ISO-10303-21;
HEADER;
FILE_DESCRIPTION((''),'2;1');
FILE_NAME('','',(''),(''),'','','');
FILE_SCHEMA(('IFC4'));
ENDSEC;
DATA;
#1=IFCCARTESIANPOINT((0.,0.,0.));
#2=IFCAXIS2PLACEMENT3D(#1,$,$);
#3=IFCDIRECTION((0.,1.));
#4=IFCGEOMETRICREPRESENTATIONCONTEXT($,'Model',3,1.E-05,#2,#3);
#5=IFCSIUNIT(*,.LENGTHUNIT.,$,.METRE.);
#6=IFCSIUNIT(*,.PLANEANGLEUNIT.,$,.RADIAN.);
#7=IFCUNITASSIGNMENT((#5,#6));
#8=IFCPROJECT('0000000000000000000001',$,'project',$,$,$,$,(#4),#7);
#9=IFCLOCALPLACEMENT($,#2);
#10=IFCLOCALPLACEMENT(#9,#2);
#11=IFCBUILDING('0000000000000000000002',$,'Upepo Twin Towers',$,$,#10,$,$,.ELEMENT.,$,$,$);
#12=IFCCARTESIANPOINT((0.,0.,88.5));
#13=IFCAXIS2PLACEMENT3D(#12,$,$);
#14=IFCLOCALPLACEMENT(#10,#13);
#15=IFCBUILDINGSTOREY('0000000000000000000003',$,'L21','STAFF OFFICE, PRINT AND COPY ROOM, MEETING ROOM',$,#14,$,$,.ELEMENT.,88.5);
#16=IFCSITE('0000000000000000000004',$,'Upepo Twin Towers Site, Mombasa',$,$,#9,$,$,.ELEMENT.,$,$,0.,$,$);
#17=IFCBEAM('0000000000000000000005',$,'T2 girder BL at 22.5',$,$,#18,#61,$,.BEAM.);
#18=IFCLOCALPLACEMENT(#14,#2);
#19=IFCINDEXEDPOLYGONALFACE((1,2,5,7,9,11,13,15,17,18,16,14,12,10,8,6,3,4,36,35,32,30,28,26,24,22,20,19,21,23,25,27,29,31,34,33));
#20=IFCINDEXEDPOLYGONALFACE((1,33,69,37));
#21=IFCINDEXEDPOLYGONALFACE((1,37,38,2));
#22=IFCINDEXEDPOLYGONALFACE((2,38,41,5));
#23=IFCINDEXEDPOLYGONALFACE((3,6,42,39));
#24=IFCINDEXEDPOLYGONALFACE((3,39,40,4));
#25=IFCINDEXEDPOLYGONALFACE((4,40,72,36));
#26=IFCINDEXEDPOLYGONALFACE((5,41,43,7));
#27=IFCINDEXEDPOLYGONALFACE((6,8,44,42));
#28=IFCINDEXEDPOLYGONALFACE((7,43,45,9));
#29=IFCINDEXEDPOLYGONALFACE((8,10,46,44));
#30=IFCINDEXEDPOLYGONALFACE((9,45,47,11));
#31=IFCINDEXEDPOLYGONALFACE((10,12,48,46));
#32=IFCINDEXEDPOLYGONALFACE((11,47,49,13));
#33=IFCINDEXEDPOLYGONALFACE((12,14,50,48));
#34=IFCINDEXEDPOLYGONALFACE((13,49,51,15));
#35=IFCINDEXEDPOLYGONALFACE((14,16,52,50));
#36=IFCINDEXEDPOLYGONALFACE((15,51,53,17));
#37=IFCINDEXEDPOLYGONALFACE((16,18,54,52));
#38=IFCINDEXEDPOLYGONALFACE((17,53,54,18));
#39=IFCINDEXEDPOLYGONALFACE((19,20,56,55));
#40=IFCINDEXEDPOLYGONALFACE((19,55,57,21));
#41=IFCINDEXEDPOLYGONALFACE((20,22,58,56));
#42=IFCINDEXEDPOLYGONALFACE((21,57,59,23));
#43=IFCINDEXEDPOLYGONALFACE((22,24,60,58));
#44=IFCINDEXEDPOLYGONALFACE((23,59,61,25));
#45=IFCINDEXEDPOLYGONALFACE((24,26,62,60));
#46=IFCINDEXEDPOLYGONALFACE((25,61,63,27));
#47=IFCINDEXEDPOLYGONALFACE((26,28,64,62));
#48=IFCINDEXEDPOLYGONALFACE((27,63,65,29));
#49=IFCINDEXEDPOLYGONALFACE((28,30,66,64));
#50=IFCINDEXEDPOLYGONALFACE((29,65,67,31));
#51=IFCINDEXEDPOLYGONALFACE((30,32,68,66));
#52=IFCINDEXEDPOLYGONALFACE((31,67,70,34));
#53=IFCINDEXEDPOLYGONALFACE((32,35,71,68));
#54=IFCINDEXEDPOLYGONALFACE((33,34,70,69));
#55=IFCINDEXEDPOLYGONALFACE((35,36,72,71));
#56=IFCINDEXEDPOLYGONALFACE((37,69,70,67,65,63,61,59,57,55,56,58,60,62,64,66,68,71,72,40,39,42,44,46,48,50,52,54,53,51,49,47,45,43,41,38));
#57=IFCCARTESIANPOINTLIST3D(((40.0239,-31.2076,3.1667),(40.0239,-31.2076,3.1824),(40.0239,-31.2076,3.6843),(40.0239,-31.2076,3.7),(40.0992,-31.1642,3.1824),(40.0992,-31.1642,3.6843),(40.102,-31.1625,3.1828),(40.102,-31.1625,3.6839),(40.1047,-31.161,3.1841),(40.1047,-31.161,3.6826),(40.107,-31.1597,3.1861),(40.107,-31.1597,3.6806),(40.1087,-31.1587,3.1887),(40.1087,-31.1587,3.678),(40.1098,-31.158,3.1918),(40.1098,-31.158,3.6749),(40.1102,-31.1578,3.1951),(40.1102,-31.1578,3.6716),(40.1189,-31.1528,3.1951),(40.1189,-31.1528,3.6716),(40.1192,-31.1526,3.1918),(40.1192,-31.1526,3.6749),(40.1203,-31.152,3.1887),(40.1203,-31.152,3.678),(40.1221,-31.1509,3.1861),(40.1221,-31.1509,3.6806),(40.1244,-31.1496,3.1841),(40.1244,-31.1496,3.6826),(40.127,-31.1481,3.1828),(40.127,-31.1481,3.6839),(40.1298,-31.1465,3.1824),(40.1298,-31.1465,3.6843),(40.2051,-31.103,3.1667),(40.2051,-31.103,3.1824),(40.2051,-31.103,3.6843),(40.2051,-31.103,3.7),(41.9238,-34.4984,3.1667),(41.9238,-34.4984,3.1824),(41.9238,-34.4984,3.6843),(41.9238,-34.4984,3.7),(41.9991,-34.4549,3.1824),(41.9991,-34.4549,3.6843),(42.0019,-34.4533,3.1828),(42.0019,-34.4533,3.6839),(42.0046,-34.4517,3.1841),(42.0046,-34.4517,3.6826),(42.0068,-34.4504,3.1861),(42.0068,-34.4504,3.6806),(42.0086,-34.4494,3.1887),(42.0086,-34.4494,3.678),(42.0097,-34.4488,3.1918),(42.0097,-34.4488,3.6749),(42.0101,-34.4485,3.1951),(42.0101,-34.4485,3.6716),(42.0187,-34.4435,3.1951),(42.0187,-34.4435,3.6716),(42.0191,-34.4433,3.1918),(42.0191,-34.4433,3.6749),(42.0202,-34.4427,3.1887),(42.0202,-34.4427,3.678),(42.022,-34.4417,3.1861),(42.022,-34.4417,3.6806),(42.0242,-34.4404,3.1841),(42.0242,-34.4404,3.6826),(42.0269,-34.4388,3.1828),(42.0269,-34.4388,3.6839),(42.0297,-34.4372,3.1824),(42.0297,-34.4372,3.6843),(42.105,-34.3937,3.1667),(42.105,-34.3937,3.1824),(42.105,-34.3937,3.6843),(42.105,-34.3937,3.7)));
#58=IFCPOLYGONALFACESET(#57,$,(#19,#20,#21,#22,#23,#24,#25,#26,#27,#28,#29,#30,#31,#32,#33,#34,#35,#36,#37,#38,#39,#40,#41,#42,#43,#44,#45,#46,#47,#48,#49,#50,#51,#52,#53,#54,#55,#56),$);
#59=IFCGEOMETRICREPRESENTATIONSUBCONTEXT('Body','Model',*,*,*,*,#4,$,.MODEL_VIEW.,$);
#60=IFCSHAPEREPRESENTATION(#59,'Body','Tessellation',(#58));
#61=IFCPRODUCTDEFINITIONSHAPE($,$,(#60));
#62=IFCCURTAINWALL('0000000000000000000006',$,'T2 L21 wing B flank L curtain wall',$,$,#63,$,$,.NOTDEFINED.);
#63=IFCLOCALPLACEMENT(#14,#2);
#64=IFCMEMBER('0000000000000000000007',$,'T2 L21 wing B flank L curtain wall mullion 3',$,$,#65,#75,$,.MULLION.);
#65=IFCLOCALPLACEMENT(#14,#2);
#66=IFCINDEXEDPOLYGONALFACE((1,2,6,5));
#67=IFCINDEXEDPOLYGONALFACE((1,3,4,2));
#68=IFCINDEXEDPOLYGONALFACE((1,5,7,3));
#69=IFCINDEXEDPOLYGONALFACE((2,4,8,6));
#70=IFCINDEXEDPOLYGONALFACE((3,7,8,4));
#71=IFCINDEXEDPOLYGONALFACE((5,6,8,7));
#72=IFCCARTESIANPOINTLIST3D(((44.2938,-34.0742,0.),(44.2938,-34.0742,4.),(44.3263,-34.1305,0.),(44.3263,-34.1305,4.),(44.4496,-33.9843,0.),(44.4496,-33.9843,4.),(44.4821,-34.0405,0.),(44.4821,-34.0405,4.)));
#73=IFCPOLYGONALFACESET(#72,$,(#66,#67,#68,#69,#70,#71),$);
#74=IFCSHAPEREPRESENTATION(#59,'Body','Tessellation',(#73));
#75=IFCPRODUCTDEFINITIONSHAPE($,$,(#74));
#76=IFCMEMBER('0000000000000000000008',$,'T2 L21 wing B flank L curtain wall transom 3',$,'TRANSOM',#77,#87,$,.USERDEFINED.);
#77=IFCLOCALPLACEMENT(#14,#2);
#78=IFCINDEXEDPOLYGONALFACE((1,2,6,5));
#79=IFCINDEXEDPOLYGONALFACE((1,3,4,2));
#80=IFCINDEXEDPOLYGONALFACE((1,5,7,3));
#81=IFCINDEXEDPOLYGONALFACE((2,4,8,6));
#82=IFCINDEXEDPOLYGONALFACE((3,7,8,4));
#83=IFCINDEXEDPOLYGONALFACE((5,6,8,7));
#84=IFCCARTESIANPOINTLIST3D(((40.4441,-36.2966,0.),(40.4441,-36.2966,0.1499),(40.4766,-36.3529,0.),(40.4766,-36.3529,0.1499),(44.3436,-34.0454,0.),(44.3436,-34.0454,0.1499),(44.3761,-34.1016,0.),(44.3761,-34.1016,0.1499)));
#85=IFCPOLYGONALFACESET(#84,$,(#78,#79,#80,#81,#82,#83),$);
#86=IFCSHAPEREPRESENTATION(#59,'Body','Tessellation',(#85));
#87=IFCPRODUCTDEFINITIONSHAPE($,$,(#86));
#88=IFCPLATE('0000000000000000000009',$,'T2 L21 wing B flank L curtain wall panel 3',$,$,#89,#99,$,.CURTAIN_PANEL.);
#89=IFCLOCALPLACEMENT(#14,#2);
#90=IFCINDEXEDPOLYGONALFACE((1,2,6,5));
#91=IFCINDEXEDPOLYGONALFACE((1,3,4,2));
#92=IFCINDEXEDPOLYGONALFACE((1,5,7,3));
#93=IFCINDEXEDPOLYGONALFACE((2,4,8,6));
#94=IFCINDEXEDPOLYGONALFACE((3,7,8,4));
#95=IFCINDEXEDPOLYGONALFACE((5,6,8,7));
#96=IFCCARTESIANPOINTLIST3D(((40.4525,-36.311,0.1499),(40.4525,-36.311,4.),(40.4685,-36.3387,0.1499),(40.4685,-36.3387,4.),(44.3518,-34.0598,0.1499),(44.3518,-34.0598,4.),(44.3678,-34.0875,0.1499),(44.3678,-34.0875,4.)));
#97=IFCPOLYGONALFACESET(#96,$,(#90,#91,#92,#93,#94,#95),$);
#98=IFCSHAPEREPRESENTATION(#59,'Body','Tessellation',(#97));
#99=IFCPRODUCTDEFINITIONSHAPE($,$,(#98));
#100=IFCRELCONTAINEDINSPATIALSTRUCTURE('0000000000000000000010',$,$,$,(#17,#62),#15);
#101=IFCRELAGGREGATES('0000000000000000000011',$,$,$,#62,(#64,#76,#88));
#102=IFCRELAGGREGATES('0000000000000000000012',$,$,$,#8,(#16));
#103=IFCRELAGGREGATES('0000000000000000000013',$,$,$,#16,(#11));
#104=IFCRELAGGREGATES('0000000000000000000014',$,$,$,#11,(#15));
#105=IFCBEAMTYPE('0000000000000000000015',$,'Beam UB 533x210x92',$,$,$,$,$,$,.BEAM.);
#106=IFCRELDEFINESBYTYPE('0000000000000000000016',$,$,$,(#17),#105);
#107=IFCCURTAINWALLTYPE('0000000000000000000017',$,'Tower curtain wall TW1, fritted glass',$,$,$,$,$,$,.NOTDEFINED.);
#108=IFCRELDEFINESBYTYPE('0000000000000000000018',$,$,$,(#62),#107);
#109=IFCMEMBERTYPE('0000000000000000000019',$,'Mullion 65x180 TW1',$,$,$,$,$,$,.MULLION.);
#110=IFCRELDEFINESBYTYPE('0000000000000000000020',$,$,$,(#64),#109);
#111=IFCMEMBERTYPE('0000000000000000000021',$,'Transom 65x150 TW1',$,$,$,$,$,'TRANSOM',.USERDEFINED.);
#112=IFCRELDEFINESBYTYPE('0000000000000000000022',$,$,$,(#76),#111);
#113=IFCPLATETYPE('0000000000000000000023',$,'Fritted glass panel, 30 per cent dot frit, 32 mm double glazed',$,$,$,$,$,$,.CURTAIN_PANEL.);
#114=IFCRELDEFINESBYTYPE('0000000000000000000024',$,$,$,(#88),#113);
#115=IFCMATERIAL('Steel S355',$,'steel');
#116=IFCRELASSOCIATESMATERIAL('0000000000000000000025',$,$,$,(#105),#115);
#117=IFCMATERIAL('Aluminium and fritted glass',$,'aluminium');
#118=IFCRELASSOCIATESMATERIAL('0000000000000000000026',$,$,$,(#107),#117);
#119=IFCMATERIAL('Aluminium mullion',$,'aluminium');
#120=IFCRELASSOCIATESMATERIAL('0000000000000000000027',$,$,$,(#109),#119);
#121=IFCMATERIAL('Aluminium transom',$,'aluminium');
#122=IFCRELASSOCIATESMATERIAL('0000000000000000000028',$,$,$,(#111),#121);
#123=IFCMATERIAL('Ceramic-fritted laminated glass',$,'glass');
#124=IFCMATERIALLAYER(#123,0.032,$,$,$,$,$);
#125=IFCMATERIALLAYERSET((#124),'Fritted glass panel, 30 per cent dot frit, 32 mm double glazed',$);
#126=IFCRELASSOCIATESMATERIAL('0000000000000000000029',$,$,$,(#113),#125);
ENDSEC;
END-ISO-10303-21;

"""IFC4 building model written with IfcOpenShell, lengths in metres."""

from ifc_helpers import new_model, si_unit, direction, frame, origin, origin_2d, place, context, subcontext, project, spatial, rectangle, i_section, extrude, material, layer, layer_set, material_profile, profile_set, type_object, element, aggregate, save


model = new_model("IFC4")

# Units and contexts
model_context = context("Model", 3, precision=1e-05, world=origin(), true_north=direction((0.0, 1.0)))
body_context = subcontext(model_context, "Body", "Model", "MODEL_VIEW")
ifc_project = project(units=[si_unit("LENGTHUNIT", "METRE"), si_unit("PLANEANGLEUNIT", "RADIAN")], contexts=[model_context])

# Site, building, storey
site_placement = place(None, origin())
site = spatial("IfcSite", under=ifc_project, at=site_placement, Name="Upepo Twin Towers Site, Mombasa", CompositionType="ELEMENT", RefElevation=0.0)
building_placement = place(site_placement, origin())
building = spatial("IfcBuilding", under=site, at=building_placement, Name="Upepo Twin Towers", CompositionType="ELEMENT")
storey_placement = place(building_placement, frame((0.0, 0.0, 88.5)))
storey = spatial("IfcBuildingStorey", under=building, at=storey_placement, Name="L21", Description="STAFF OFFICE, PRINT AND COPY ROOM, MEETING ROOM", CompositionType="ELEMENT", Elevation=88.5)

# Beam
ifc_material_1 = material(Name="Steel S355", Category="steel")
ifc_material_profile_1 = material_profile(ifc_material_1, i_section(OverallWidth=0.2092, OverallDepth=0.5332, WebThickness=0.01, FlangeThickness=0.0156, FilletRadius=0.0127, at=origin_2d()), Name="UB 533x210x92")
ifc_profile_set_1 = profile_set([ifc_material_profile_1], Name="Steel S355")
beam_type_1 = type_object("IfcBeamType", Name="Beam UB 533x210x92", PredefinedType="BEAM", material=ifc_profile_set_1)
beam_1_placement = place(storey_placement, frame((42.0144, -34.446, 3.4333), z_axis=(-0.499995, 0.866028, 0.0), x_axis=(-0.866028, -0.499995, 0.0)))
element("IfcBeam", 1, at=beam_1_placement, inside=storey, type_object=beam_type_1, Name="T2 girder BL at 22.5", PredefinedType="BEAM", context=body_context, shape_type="SweptSolid", body=[
    extrude(i_section(OverallWidth=0.2092, OverallDepth=0.5332, WebThickness=0.01, FlangeThickness=0.0156, FilletRadius=0.0127, at=origin_2d()), origin(), (0.0, 0.0, 1.0), 3.7998),
])

# Curtain wall, members, plate
ifc_material_2 = material(Name="Aluminium and fritted glass", Category="aluminium")
curtain_wall_type = type_object("IfcCurtainWallType", Name="Tower curtain wall TW1, fritted glass", PredefinedType="NOTDEFINED", material=ifc_material_2)
curtain_wall_placement = place(storey_placement, origin())
curtain_wall = element("IfcCurtainWall", 2, at=curtain_wall_placement, inside=storey, type_object=curtain_wall_type, Name="T2 L21 wing B flank L curtain wall", PredefinedType="NOTDEFINED")
ifc_material_3 = material(Name="Aluminium mullion", Category="aluminium")
ifc_material_profile_2 = material_profile(ifc_material_3, rectangle(XDim=0.0649, YDim=0.1799, at=origin_2d()), Name="MULLION 65x180")
ifc_profile_set_2 = profile_set([ifc_material_profile_2], Name="Aluminium mullion")
member_type_1 = type_object("IfcMemberType", Name="Mullion 65x180 TW1", PredefinedType="MULLION", material=ifc_profile_set_2)
member_1_placement = place(storey_placement, frame((44.3879, -34.0574, 0.0), z_axis=(0.0, 0.0, 1.0), x_axis=(0.5, -0.866025, 0.0)))
member_1 = element("IfcMember", 3, at=member_1_placement, type_object=member_type_1, Name="T2 L21 wing B flank L curtain wall mullion 3", PredefinedType="MULLION", context=body_context, shape_type="SweptSolid", body=[
    extrude(rectangle(XDim=0.0649, YDim=0.1799, at=origin_2d()), origin(), (0.0, 0.0, 1.0), 4.0),
])
ifc_material_4 = material(Name="Aluminium transom", Category="aluminium")
ifc_material_profile_3 = material_profile(ifc_material_4, rectangle(XDim=0.0649, YDim=0.1499, at=origin_2d()), Name="TRANSOM 65x150")
ifc_profile_set_3 = profile_set([ifc_material_profile_3], Name="Aluminium transom")
member_type_2 = type_object("IfcMemberType", Name="Transom 65x150 TW1", ElementType="TRANSOM", PredefinedType="USERDEFINED", material=ifc_profile_set_3)
member_2_placement = place(storey_placement, frame((44.3599, -34.0735, 0.075), z_axis=(-0.866036, -0.499982, 0.0), x_axis=(0.499982, -0.866036, 0.0)))
member_2 = element("IfcMember", 4, at=member_2_placement, type_object=member_type_2, Name="T2 L21 wing B flank L curtain wall transom 3", ObjectType="TRANSOM", PredefinedType="USERDEFINED", context=body_context, shape_type="SweptSolid", body=[
    extrude(rectangle(XDim=0.0649, YDim=0.1499, at=origin_2d()), origin(), (0.0, 0.0, 1.0), 4.5027),
])
ifc_material_5 = material(Name="Ceramic-fritted laminated glass", Category="glass")
ifc_layer_1 = layer(ifc_material_5, 0.032)
ifc_layer_set_1 = layer_set([ifc_layer_1], Name="Fritted glass panel, 30 per cent dot frit, 32 mm double glazed")
plate_type = type_object("IfcPlateType", Name="Fritted glass panel, 30 per cent dot frit, 32 mm double glazed", PredefinedType="CURTAIN_PANEL", material=ifc_layer_set_1)
plate_placement = place(storey_placement, frame((42.4102, -35.1992, 0.1499), z_axis=(0.0, 0.0, 1.0), x_axis=(-0.866025, -0.5, 0.0)))
plate = element("IfcPlate", 5, at=plate_placement, type_object=plate_type, Name="T2 L21 wing B flank L curtain wall panel 3", PredefinedType="CURTAIN_PANEL", context=body_context, shape_type="SweptSolid", body=[
    extrude(rectangle(XDim=4.5024, YDim=0.032, at=origin_2d()), origin(), (0.0, 0.0, 1.0), 3.8501),
])
aggregate(curtain_wall, [member_1, member_2, plate])

save(model, "model.ifc")
